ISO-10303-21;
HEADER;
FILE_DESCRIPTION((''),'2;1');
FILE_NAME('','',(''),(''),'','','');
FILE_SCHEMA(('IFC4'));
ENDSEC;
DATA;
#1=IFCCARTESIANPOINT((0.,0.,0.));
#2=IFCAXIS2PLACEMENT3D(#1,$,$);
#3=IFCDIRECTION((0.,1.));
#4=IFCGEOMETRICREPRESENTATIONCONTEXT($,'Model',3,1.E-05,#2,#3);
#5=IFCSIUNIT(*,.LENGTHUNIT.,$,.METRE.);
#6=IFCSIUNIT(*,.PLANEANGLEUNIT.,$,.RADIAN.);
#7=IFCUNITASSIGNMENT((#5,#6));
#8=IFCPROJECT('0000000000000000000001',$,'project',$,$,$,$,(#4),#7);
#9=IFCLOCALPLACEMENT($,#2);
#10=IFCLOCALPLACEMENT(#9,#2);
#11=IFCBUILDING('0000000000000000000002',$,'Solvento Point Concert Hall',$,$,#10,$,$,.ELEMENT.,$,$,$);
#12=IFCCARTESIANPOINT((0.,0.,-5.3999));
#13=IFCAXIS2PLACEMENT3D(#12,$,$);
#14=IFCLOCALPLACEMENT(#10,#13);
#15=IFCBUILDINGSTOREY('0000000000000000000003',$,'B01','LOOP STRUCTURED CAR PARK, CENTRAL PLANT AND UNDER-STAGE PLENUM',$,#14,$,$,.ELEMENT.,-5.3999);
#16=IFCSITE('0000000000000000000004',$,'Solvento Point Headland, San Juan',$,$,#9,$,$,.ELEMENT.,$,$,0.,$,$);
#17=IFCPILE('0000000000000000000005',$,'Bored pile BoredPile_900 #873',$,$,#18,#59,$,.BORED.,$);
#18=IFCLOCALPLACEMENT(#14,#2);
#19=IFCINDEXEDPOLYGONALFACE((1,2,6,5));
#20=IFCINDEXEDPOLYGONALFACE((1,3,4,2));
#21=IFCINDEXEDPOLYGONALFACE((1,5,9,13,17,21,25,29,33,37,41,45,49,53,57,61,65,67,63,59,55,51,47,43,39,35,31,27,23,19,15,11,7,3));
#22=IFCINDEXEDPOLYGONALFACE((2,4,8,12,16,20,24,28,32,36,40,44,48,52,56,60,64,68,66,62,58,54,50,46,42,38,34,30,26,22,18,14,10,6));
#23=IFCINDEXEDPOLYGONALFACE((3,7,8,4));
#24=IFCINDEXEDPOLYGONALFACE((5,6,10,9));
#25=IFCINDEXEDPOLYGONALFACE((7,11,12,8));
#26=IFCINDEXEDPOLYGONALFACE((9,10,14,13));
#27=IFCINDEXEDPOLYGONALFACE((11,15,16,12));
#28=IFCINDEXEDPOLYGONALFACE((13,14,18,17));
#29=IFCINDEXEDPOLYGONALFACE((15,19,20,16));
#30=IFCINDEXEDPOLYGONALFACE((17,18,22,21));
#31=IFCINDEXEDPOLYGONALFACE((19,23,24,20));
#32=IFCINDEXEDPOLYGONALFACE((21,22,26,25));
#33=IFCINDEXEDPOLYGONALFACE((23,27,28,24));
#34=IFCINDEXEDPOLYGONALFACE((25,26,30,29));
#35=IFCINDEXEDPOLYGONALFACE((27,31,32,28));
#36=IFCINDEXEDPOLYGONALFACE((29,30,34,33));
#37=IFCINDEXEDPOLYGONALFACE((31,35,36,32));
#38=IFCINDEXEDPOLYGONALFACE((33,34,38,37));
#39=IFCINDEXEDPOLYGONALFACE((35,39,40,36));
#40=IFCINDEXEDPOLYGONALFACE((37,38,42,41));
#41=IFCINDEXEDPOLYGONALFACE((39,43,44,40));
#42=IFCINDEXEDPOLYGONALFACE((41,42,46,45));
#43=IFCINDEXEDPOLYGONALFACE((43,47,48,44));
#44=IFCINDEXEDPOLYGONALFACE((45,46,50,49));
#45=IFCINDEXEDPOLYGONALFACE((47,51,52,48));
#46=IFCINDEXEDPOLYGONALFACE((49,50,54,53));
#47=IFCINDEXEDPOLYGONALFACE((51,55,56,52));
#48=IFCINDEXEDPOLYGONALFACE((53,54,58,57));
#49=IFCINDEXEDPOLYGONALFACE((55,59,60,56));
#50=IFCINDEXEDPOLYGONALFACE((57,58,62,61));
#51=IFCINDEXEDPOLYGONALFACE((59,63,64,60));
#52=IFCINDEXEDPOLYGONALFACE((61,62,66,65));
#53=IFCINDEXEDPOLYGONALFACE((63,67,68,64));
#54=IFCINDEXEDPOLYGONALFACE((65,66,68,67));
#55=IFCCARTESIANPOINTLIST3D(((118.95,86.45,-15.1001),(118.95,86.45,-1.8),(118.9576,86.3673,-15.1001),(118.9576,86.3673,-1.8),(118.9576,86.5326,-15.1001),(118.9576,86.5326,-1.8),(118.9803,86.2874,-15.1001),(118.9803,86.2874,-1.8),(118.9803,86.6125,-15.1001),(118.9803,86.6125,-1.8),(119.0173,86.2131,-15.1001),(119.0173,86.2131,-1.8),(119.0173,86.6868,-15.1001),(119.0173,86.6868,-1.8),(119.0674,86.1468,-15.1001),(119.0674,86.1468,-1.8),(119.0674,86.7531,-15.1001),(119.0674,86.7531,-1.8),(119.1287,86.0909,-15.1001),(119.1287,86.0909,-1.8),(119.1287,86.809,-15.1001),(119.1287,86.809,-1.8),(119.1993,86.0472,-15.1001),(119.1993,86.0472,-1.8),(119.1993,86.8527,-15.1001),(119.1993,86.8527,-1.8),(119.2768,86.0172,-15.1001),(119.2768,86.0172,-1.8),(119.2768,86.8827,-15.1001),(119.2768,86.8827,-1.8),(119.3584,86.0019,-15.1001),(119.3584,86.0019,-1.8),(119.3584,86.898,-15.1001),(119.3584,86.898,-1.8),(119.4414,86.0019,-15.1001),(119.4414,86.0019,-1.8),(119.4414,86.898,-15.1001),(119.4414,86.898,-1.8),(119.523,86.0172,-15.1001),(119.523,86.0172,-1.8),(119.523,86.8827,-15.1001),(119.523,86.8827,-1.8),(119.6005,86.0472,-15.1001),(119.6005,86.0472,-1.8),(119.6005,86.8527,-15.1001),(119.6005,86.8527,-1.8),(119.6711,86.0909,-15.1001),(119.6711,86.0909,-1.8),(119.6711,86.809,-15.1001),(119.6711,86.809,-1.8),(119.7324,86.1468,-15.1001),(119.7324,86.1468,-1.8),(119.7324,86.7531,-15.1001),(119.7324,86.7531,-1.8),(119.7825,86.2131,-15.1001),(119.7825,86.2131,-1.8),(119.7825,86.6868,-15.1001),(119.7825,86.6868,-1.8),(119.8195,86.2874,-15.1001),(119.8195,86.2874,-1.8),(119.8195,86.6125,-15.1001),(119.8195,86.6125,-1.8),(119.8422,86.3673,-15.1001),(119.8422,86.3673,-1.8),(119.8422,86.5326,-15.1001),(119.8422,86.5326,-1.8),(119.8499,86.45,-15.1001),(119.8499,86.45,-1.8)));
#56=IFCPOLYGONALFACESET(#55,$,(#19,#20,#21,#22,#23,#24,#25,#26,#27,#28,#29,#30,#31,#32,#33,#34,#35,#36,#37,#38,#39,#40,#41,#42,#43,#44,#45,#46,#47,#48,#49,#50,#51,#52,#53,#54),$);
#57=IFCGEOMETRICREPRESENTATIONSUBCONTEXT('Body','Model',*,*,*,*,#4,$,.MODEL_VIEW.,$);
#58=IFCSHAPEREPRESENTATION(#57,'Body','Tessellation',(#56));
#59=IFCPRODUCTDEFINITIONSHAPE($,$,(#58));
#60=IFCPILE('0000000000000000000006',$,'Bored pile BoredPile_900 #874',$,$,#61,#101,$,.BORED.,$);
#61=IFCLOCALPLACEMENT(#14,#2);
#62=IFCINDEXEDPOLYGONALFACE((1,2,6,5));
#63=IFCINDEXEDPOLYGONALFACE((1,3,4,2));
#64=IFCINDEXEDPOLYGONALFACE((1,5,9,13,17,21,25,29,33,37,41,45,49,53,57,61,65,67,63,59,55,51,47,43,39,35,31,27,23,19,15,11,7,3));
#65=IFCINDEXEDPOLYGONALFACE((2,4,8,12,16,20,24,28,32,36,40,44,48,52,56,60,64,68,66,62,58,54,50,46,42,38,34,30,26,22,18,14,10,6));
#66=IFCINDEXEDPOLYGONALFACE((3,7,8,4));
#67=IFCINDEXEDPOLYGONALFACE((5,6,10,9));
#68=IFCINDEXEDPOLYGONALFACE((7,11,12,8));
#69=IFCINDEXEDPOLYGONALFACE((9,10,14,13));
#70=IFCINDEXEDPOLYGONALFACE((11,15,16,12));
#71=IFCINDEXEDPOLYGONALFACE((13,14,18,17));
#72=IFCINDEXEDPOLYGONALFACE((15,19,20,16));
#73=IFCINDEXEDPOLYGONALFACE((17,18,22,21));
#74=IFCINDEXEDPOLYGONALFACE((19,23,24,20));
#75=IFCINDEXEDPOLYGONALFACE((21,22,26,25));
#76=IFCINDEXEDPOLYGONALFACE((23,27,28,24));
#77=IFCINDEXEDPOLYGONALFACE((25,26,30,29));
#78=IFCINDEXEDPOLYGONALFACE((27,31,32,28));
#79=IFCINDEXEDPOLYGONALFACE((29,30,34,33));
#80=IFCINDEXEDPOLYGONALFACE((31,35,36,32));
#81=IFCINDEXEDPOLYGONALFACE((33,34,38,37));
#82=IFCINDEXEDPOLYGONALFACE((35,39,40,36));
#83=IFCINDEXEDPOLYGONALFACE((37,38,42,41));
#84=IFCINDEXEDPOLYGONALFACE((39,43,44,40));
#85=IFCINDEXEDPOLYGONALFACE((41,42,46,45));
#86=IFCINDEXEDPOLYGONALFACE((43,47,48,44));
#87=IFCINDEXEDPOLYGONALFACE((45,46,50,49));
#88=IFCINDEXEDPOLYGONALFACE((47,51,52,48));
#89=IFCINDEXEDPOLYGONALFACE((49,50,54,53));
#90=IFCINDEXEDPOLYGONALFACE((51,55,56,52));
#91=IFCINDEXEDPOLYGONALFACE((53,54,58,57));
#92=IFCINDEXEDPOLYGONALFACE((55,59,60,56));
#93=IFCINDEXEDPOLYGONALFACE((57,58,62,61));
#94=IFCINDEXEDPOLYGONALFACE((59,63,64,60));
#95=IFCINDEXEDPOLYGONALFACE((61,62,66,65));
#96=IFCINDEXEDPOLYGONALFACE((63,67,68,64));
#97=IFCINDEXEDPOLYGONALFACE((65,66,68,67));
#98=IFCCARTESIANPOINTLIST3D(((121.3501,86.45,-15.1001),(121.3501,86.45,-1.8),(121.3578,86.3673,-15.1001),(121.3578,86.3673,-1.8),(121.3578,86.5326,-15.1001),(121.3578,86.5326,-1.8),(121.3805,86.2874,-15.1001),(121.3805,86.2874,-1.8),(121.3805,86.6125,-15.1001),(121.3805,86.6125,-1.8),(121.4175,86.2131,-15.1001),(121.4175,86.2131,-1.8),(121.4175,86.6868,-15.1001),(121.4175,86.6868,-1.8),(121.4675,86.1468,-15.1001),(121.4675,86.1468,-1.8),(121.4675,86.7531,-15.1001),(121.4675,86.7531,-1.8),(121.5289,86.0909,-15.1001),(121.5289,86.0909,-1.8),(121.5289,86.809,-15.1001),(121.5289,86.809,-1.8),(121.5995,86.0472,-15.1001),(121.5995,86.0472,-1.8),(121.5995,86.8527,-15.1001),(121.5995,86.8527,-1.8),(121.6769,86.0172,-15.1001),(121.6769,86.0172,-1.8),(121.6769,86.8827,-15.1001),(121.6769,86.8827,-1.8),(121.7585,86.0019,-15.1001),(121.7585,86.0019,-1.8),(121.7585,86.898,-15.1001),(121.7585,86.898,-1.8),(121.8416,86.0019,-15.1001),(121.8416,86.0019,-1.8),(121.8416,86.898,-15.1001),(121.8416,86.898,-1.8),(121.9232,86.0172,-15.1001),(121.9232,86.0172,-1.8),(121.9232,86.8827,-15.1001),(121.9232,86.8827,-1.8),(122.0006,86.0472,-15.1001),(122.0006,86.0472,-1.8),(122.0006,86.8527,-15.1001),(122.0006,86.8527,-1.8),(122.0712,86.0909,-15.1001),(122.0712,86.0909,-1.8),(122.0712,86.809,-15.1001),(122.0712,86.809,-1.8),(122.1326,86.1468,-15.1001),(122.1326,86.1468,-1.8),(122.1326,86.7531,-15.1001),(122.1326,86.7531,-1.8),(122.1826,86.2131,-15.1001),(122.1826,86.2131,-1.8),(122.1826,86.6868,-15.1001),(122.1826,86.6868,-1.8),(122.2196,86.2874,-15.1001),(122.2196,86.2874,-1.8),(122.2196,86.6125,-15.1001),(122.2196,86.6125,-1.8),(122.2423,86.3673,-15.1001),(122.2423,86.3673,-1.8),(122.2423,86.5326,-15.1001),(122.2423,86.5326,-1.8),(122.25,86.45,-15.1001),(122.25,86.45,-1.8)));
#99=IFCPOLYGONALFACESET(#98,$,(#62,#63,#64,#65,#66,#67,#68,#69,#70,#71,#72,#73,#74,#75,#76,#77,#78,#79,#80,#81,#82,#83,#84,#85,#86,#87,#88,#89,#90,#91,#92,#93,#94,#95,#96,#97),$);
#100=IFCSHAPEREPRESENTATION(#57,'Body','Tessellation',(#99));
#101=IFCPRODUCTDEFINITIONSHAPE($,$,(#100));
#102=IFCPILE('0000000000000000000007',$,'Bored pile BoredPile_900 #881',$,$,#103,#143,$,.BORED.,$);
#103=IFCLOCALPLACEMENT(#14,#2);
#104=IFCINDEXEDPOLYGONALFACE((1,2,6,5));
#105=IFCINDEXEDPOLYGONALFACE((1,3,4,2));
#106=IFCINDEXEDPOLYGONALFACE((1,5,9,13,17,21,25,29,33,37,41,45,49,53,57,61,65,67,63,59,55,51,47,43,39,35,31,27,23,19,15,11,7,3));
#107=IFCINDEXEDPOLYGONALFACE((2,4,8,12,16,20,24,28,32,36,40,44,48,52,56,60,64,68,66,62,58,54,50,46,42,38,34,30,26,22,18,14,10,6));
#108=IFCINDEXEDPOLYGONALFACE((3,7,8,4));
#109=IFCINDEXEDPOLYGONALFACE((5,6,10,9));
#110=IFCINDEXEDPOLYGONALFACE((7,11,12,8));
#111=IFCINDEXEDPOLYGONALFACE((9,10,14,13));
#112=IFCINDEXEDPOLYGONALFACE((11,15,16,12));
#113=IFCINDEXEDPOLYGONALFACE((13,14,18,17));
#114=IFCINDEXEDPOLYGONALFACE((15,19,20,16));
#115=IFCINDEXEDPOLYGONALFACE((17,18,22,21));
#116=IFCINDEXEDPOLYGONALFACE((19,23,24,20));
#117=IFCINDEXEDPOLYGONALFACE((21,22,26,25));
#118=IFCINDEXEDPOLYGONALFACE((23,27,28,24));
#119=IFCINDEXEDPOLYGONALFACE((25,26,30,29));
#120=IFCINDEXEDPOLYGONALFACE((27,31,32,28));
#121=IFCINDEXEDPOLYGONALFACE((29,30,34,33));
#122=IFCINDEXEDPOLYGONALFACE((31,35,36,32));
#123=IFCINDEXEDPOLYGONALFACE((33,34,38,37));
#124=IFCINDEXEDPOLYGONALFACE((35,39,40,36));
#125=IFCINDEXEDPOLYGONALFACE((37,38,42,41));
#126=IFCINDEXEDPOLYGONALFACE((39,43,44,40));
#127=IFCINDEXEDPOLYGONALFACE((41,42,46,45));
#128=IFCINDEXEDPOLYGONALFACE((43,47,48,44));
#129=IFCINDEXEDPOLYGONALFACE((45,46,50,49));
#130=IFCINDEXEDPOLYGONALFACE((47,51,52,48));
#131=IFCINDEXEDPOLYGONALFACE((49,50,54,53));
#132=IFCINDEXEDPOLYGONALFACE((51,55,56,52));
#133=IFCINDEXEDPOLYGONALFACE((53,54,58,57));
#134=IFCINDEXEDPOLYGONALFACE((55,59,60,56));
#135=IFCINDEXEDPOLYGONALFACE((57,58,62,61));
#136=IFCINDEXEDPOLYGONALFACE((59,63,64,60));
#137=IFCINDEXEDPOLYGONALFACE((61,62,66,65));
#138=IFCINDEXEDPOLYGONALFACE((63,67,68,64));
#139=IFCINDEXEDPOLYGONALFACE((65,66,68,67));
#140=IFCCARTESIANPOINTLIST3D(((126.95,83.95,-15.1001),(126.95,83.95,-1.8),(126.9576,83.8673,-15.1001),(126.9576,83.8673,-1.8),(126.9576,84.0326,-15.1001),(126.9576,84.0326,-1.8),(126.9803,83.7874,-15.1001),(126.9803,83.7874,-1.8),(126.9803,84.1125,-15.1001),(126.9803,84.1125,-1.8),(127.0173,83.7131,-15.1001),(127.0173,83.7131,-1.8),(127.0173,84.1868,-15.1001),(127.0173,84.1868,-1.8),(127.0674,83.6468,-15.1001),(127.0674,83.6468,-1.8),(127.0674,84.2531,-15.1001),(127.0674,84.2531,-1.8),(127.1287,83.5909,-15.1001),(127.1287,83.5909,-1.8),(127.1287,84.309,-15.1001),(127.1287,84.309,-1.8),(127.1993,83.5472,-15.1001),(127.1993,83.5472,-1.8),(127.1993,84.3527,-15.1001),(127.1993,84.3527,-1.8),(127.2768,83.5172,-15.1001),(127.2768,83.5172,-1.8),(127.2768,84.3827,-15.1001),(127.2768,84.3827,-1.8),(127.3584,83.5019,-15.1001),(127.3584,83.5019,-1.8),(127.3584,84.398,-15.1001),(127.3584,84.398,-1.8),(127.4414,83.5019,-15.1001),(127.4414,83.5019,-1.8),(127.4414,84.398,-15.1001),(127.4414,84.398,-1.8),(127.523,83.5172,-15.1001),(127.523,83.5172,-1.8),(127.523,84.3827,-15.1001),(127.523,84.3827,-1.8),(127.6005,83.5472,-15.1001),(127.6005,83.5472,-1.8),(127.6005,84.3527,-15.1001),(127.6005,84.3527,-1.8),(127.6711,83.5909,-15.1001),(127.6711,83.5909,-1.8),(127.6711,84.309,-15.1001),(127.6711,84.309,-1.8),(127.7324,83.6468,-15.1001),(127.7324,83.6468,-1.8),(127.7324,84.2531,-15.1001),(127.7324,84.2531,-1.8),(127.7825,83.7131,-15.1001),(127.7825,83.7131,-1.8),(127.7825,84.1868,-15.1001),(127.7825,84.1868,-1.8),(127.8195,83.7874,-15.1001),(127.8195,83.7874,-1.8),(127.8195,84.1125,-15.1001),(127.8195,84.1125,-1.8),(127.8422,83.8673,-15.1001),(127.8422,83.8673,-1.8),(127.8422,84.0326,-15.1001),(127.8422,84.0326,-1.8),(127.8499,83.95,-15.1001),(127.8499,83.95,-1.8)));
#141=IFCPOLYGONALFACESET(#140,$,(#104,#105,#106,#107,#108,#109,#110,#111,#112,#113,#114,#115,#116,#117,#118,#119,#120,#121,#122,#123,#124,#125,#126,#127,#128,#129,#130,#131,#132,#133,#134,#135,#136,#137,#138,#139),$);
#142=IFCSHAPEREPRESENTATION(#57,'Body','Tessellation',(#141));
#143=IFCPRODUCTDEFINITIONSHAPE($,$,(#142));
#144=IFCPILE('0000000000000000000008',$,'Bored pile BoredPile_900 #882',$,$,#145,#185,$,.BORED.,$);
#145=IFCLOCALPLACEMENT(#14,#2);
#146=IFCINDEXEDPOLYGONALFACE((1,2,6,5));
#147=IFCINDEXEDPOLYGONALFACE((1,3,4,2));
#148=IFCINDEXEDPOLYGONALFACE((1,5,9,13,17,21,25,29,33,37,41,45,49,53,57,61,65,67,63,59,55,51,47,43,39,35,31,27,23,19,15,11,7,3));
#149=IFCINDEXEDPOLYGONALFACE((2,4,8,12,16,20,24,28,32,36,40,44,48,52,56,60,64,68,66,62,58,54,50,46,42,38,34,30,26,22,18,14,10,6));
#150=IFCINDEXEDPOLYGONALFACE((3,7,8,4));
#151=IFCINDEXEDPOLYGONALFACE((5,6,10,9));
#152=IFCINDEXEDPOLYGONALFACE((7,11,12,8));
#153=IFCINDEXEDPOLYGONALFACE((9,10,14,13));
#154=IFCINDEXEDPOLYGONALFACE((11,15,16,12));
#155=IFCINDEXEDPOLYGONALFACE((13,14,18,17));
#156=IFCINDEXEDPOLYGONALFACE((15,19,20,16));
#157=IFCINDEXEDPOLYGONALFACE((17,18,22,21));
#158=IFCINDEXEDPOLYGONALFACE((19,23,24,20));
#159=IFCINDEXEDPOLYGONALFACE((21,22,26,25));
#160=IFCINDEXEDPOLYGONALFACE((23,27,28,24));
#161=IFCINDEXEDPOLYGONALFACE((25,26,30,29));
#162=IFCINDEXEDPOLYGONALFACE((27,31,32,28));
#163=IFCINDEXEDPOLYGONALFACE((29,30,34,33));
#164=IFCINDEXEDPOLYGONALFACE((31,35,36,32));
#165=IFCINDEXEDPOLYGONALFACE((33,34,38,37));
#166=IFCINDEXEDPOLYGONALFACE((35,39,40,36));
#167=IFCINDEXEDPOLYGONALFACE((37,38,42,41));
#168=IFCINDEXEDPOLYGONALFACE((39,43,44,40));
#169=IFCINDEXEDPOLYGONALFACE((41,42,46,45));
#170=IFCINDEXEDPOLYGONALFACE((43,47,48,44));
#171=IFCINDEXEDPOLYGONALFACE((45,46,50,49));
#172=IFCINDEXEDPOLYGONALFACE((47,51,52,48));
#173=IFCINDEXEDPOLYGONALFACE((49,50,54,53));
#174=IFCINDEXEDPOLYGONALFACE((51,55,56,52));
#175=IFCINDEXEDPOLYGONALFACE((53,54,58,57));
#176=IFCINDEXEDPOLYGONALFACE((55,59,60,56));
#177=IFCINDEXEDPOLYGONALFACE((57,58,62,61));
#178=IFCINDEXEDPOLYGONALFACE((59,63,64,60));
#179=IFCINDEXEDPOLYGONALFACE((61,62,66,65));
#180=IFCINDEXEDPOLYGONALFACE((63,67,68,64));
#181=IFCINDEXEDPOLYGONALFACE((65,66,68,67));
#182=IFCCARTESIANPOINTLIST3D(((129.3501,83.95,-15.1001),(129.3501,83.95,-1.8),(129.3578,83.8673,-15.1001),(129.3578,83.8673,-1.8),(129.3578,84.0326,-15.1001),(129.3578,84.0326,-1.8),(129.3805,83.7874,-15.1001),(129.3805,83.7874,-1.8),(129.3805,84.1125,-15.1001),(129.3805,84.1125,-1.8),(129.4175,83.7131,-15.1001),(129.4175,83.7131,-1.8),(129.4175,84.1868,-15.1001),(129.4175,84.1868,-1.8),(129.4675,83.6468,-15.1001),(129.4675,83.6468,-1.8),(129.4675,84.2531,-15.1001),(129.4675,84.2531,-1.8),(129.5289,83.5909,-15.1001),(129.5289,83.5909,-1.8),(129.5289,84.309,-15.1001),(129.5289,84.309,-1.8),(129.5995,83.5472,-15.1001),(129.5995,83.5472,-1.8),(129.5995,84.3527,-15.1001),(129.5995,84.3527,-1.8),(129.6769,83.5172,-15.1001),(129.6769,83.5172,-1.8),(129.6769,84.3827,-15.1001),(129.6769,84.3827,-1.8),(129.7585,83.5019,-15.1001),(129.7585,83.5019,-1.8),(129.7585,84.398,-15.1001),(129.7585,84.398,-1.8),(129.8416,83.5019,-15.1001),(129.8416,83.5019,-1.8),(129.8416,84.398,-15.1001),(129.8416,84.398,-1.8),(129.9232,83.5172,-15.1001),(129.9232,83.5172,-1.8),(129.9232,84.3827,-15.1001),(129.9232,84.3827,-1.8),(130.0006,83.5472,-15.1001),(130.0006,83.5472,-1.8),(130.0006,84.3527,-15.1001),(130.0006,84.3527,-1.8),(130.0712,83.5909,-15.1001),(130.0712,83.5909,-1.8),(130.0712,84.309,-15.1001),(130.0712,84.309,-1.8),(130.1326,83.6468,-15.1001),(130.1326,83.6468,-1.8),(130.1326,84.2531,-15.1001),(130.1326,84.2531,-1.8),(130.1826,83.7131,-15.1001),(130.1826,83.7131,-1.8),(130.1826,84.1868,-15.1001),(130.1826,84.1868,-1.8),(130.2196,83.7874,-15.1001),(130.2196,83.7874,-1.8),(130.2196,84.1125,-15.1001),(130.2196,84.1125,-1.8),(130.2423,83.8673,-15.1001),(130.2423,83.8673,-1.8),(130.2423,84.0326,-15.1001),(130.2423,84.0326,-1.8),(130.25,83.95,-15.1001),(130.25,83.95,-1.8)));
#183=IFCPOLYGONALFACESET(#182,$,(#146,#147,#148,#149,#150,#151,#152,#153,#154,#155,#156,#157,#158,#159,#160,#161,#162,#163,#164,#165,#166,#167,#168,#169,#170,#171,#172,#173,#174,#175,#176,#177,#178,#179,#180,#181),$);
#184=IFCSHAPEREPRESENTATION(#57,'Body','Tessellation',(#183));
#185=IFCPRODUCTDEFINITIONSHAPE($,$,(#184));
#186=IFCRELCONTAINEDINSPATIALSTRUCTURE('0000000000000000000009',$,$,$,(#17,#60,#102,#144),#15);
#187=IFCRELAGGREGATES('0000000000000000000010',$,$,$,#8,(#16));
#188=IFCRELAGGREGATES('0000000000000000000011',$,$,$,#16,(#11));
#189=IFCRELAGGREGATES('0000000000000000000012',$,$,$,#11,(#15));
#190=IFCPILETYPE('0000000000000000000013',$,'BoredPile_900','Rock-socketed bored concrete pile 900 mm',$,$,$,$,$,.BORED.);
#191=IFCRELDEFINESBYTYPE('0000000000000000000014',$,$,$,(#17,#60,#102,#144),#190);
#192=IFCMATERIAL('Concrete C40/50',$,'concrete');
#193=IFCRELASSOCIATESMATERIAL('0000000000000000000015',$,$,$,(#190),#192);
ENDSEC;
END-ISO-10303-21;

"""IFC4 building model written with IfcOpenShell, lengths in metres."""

from ifc_helpers import new_model, si_unit, direction, frame, origin, origin_2d, place, context, subcontext, project, spatial, circle, extrude, material, material_profile, profile_set, type_object, element, save


model = new_model("IFC4")

# Units and contexts
model_context = context("Model", 3, precision=1e-05, world=origin(), true_north=direction((0.0, 1.0)))
body_context = subcontext(model_context, "Body", "Model", "MODEL_VIEW")
ifc_project = project(units=[si_unit("LENGTHUNIT", "METRE"), si_unit("PLANEANGLEUNIT", "RADIAN")], contexts=[model_context])

# Site, building, storey
site_placement = place(None, origin())
site = spatial("IfcSite", under=ifc_project, at=site_placement, Name="Solvento Point Headland, San Juan", CompositionType="ELEMENT", RefElevation=0.0)
building_placement = place(site_placement, origin())
building = spatial("IfcBuilding", under=site, at=building_placement, Name="Solvento Point Concert Hall", CompositionType="ELEMENT")
storey_placement = place(building_placement, frame((0.0, 0.0, -5.3999)))
storey = spatial("IfcBuildingStorey", under=building, at=storey_placement, Name="B01", Description="LOOP STRUCTURED CAR PARK, CENTRAL PLANT AND UNDER-STAGE PLENUM", CompositionType="ELEMENT", Elevation=-5.3999)

# Piles
ifc_material_1 = material(Name="Concrete C40/50", Category="concrete")
ifc_material_profile_1 = material_profile(ifc_material_1, circle(Radius=0.45, at=origin_2d()), Name="BP-900")
ifc_profile_set_1 = profile_set([ifc_material_profile_1], Name="Concrete C40/50")
pile_type_1 = type_object("IfcPileType", Name="BoredPile_900", Description="Rock-socketed bored concrete pile 900 mm", PredefinedType="BORED", material=ifc_profile_set_1)
for number, where, z_axis, x_axis, name in (
    (1, (119.3999, 86.45, -1.8), (0.0, 0.0, -1.0), (1.0, 0.0, 0.0), "Bored pile BoredPile_900 #873"),
    (2, (121.8, 86.45, -1.8), (0.0, 0.0, -1.0), (1.0, 0.0, 0.0), "Bored pile BoredPile_900 #874"),
    (3, (127.3999, 83.95, -1.8), (0.0, 0.0, -1.0), (1.0, 0.0, 0.0), "Bored pile BoredPile_900 #881"),
    (4, (129.8, 83.95, -1.8), (0.0, 0.0, -1.0), (1.0, 0.0, 0.0), "Bored pile BoredPile_900 #882"),
):
    element("IfcPile", number, at=place(storey_placement, frame(where, z_axis=z_axis, x_axis=x_axis)), inside=storey, type_object=pile_type_1, Name=name, PredefinedType="BORED", context=body_context, shape_type="SweptSolid", body=[
        extrude(circle(Radius=0.45, at=origin_2d()), origin(), (0.0, 0.0, 1.0), 13.3),
    ])

save(model, "model.ifc")
